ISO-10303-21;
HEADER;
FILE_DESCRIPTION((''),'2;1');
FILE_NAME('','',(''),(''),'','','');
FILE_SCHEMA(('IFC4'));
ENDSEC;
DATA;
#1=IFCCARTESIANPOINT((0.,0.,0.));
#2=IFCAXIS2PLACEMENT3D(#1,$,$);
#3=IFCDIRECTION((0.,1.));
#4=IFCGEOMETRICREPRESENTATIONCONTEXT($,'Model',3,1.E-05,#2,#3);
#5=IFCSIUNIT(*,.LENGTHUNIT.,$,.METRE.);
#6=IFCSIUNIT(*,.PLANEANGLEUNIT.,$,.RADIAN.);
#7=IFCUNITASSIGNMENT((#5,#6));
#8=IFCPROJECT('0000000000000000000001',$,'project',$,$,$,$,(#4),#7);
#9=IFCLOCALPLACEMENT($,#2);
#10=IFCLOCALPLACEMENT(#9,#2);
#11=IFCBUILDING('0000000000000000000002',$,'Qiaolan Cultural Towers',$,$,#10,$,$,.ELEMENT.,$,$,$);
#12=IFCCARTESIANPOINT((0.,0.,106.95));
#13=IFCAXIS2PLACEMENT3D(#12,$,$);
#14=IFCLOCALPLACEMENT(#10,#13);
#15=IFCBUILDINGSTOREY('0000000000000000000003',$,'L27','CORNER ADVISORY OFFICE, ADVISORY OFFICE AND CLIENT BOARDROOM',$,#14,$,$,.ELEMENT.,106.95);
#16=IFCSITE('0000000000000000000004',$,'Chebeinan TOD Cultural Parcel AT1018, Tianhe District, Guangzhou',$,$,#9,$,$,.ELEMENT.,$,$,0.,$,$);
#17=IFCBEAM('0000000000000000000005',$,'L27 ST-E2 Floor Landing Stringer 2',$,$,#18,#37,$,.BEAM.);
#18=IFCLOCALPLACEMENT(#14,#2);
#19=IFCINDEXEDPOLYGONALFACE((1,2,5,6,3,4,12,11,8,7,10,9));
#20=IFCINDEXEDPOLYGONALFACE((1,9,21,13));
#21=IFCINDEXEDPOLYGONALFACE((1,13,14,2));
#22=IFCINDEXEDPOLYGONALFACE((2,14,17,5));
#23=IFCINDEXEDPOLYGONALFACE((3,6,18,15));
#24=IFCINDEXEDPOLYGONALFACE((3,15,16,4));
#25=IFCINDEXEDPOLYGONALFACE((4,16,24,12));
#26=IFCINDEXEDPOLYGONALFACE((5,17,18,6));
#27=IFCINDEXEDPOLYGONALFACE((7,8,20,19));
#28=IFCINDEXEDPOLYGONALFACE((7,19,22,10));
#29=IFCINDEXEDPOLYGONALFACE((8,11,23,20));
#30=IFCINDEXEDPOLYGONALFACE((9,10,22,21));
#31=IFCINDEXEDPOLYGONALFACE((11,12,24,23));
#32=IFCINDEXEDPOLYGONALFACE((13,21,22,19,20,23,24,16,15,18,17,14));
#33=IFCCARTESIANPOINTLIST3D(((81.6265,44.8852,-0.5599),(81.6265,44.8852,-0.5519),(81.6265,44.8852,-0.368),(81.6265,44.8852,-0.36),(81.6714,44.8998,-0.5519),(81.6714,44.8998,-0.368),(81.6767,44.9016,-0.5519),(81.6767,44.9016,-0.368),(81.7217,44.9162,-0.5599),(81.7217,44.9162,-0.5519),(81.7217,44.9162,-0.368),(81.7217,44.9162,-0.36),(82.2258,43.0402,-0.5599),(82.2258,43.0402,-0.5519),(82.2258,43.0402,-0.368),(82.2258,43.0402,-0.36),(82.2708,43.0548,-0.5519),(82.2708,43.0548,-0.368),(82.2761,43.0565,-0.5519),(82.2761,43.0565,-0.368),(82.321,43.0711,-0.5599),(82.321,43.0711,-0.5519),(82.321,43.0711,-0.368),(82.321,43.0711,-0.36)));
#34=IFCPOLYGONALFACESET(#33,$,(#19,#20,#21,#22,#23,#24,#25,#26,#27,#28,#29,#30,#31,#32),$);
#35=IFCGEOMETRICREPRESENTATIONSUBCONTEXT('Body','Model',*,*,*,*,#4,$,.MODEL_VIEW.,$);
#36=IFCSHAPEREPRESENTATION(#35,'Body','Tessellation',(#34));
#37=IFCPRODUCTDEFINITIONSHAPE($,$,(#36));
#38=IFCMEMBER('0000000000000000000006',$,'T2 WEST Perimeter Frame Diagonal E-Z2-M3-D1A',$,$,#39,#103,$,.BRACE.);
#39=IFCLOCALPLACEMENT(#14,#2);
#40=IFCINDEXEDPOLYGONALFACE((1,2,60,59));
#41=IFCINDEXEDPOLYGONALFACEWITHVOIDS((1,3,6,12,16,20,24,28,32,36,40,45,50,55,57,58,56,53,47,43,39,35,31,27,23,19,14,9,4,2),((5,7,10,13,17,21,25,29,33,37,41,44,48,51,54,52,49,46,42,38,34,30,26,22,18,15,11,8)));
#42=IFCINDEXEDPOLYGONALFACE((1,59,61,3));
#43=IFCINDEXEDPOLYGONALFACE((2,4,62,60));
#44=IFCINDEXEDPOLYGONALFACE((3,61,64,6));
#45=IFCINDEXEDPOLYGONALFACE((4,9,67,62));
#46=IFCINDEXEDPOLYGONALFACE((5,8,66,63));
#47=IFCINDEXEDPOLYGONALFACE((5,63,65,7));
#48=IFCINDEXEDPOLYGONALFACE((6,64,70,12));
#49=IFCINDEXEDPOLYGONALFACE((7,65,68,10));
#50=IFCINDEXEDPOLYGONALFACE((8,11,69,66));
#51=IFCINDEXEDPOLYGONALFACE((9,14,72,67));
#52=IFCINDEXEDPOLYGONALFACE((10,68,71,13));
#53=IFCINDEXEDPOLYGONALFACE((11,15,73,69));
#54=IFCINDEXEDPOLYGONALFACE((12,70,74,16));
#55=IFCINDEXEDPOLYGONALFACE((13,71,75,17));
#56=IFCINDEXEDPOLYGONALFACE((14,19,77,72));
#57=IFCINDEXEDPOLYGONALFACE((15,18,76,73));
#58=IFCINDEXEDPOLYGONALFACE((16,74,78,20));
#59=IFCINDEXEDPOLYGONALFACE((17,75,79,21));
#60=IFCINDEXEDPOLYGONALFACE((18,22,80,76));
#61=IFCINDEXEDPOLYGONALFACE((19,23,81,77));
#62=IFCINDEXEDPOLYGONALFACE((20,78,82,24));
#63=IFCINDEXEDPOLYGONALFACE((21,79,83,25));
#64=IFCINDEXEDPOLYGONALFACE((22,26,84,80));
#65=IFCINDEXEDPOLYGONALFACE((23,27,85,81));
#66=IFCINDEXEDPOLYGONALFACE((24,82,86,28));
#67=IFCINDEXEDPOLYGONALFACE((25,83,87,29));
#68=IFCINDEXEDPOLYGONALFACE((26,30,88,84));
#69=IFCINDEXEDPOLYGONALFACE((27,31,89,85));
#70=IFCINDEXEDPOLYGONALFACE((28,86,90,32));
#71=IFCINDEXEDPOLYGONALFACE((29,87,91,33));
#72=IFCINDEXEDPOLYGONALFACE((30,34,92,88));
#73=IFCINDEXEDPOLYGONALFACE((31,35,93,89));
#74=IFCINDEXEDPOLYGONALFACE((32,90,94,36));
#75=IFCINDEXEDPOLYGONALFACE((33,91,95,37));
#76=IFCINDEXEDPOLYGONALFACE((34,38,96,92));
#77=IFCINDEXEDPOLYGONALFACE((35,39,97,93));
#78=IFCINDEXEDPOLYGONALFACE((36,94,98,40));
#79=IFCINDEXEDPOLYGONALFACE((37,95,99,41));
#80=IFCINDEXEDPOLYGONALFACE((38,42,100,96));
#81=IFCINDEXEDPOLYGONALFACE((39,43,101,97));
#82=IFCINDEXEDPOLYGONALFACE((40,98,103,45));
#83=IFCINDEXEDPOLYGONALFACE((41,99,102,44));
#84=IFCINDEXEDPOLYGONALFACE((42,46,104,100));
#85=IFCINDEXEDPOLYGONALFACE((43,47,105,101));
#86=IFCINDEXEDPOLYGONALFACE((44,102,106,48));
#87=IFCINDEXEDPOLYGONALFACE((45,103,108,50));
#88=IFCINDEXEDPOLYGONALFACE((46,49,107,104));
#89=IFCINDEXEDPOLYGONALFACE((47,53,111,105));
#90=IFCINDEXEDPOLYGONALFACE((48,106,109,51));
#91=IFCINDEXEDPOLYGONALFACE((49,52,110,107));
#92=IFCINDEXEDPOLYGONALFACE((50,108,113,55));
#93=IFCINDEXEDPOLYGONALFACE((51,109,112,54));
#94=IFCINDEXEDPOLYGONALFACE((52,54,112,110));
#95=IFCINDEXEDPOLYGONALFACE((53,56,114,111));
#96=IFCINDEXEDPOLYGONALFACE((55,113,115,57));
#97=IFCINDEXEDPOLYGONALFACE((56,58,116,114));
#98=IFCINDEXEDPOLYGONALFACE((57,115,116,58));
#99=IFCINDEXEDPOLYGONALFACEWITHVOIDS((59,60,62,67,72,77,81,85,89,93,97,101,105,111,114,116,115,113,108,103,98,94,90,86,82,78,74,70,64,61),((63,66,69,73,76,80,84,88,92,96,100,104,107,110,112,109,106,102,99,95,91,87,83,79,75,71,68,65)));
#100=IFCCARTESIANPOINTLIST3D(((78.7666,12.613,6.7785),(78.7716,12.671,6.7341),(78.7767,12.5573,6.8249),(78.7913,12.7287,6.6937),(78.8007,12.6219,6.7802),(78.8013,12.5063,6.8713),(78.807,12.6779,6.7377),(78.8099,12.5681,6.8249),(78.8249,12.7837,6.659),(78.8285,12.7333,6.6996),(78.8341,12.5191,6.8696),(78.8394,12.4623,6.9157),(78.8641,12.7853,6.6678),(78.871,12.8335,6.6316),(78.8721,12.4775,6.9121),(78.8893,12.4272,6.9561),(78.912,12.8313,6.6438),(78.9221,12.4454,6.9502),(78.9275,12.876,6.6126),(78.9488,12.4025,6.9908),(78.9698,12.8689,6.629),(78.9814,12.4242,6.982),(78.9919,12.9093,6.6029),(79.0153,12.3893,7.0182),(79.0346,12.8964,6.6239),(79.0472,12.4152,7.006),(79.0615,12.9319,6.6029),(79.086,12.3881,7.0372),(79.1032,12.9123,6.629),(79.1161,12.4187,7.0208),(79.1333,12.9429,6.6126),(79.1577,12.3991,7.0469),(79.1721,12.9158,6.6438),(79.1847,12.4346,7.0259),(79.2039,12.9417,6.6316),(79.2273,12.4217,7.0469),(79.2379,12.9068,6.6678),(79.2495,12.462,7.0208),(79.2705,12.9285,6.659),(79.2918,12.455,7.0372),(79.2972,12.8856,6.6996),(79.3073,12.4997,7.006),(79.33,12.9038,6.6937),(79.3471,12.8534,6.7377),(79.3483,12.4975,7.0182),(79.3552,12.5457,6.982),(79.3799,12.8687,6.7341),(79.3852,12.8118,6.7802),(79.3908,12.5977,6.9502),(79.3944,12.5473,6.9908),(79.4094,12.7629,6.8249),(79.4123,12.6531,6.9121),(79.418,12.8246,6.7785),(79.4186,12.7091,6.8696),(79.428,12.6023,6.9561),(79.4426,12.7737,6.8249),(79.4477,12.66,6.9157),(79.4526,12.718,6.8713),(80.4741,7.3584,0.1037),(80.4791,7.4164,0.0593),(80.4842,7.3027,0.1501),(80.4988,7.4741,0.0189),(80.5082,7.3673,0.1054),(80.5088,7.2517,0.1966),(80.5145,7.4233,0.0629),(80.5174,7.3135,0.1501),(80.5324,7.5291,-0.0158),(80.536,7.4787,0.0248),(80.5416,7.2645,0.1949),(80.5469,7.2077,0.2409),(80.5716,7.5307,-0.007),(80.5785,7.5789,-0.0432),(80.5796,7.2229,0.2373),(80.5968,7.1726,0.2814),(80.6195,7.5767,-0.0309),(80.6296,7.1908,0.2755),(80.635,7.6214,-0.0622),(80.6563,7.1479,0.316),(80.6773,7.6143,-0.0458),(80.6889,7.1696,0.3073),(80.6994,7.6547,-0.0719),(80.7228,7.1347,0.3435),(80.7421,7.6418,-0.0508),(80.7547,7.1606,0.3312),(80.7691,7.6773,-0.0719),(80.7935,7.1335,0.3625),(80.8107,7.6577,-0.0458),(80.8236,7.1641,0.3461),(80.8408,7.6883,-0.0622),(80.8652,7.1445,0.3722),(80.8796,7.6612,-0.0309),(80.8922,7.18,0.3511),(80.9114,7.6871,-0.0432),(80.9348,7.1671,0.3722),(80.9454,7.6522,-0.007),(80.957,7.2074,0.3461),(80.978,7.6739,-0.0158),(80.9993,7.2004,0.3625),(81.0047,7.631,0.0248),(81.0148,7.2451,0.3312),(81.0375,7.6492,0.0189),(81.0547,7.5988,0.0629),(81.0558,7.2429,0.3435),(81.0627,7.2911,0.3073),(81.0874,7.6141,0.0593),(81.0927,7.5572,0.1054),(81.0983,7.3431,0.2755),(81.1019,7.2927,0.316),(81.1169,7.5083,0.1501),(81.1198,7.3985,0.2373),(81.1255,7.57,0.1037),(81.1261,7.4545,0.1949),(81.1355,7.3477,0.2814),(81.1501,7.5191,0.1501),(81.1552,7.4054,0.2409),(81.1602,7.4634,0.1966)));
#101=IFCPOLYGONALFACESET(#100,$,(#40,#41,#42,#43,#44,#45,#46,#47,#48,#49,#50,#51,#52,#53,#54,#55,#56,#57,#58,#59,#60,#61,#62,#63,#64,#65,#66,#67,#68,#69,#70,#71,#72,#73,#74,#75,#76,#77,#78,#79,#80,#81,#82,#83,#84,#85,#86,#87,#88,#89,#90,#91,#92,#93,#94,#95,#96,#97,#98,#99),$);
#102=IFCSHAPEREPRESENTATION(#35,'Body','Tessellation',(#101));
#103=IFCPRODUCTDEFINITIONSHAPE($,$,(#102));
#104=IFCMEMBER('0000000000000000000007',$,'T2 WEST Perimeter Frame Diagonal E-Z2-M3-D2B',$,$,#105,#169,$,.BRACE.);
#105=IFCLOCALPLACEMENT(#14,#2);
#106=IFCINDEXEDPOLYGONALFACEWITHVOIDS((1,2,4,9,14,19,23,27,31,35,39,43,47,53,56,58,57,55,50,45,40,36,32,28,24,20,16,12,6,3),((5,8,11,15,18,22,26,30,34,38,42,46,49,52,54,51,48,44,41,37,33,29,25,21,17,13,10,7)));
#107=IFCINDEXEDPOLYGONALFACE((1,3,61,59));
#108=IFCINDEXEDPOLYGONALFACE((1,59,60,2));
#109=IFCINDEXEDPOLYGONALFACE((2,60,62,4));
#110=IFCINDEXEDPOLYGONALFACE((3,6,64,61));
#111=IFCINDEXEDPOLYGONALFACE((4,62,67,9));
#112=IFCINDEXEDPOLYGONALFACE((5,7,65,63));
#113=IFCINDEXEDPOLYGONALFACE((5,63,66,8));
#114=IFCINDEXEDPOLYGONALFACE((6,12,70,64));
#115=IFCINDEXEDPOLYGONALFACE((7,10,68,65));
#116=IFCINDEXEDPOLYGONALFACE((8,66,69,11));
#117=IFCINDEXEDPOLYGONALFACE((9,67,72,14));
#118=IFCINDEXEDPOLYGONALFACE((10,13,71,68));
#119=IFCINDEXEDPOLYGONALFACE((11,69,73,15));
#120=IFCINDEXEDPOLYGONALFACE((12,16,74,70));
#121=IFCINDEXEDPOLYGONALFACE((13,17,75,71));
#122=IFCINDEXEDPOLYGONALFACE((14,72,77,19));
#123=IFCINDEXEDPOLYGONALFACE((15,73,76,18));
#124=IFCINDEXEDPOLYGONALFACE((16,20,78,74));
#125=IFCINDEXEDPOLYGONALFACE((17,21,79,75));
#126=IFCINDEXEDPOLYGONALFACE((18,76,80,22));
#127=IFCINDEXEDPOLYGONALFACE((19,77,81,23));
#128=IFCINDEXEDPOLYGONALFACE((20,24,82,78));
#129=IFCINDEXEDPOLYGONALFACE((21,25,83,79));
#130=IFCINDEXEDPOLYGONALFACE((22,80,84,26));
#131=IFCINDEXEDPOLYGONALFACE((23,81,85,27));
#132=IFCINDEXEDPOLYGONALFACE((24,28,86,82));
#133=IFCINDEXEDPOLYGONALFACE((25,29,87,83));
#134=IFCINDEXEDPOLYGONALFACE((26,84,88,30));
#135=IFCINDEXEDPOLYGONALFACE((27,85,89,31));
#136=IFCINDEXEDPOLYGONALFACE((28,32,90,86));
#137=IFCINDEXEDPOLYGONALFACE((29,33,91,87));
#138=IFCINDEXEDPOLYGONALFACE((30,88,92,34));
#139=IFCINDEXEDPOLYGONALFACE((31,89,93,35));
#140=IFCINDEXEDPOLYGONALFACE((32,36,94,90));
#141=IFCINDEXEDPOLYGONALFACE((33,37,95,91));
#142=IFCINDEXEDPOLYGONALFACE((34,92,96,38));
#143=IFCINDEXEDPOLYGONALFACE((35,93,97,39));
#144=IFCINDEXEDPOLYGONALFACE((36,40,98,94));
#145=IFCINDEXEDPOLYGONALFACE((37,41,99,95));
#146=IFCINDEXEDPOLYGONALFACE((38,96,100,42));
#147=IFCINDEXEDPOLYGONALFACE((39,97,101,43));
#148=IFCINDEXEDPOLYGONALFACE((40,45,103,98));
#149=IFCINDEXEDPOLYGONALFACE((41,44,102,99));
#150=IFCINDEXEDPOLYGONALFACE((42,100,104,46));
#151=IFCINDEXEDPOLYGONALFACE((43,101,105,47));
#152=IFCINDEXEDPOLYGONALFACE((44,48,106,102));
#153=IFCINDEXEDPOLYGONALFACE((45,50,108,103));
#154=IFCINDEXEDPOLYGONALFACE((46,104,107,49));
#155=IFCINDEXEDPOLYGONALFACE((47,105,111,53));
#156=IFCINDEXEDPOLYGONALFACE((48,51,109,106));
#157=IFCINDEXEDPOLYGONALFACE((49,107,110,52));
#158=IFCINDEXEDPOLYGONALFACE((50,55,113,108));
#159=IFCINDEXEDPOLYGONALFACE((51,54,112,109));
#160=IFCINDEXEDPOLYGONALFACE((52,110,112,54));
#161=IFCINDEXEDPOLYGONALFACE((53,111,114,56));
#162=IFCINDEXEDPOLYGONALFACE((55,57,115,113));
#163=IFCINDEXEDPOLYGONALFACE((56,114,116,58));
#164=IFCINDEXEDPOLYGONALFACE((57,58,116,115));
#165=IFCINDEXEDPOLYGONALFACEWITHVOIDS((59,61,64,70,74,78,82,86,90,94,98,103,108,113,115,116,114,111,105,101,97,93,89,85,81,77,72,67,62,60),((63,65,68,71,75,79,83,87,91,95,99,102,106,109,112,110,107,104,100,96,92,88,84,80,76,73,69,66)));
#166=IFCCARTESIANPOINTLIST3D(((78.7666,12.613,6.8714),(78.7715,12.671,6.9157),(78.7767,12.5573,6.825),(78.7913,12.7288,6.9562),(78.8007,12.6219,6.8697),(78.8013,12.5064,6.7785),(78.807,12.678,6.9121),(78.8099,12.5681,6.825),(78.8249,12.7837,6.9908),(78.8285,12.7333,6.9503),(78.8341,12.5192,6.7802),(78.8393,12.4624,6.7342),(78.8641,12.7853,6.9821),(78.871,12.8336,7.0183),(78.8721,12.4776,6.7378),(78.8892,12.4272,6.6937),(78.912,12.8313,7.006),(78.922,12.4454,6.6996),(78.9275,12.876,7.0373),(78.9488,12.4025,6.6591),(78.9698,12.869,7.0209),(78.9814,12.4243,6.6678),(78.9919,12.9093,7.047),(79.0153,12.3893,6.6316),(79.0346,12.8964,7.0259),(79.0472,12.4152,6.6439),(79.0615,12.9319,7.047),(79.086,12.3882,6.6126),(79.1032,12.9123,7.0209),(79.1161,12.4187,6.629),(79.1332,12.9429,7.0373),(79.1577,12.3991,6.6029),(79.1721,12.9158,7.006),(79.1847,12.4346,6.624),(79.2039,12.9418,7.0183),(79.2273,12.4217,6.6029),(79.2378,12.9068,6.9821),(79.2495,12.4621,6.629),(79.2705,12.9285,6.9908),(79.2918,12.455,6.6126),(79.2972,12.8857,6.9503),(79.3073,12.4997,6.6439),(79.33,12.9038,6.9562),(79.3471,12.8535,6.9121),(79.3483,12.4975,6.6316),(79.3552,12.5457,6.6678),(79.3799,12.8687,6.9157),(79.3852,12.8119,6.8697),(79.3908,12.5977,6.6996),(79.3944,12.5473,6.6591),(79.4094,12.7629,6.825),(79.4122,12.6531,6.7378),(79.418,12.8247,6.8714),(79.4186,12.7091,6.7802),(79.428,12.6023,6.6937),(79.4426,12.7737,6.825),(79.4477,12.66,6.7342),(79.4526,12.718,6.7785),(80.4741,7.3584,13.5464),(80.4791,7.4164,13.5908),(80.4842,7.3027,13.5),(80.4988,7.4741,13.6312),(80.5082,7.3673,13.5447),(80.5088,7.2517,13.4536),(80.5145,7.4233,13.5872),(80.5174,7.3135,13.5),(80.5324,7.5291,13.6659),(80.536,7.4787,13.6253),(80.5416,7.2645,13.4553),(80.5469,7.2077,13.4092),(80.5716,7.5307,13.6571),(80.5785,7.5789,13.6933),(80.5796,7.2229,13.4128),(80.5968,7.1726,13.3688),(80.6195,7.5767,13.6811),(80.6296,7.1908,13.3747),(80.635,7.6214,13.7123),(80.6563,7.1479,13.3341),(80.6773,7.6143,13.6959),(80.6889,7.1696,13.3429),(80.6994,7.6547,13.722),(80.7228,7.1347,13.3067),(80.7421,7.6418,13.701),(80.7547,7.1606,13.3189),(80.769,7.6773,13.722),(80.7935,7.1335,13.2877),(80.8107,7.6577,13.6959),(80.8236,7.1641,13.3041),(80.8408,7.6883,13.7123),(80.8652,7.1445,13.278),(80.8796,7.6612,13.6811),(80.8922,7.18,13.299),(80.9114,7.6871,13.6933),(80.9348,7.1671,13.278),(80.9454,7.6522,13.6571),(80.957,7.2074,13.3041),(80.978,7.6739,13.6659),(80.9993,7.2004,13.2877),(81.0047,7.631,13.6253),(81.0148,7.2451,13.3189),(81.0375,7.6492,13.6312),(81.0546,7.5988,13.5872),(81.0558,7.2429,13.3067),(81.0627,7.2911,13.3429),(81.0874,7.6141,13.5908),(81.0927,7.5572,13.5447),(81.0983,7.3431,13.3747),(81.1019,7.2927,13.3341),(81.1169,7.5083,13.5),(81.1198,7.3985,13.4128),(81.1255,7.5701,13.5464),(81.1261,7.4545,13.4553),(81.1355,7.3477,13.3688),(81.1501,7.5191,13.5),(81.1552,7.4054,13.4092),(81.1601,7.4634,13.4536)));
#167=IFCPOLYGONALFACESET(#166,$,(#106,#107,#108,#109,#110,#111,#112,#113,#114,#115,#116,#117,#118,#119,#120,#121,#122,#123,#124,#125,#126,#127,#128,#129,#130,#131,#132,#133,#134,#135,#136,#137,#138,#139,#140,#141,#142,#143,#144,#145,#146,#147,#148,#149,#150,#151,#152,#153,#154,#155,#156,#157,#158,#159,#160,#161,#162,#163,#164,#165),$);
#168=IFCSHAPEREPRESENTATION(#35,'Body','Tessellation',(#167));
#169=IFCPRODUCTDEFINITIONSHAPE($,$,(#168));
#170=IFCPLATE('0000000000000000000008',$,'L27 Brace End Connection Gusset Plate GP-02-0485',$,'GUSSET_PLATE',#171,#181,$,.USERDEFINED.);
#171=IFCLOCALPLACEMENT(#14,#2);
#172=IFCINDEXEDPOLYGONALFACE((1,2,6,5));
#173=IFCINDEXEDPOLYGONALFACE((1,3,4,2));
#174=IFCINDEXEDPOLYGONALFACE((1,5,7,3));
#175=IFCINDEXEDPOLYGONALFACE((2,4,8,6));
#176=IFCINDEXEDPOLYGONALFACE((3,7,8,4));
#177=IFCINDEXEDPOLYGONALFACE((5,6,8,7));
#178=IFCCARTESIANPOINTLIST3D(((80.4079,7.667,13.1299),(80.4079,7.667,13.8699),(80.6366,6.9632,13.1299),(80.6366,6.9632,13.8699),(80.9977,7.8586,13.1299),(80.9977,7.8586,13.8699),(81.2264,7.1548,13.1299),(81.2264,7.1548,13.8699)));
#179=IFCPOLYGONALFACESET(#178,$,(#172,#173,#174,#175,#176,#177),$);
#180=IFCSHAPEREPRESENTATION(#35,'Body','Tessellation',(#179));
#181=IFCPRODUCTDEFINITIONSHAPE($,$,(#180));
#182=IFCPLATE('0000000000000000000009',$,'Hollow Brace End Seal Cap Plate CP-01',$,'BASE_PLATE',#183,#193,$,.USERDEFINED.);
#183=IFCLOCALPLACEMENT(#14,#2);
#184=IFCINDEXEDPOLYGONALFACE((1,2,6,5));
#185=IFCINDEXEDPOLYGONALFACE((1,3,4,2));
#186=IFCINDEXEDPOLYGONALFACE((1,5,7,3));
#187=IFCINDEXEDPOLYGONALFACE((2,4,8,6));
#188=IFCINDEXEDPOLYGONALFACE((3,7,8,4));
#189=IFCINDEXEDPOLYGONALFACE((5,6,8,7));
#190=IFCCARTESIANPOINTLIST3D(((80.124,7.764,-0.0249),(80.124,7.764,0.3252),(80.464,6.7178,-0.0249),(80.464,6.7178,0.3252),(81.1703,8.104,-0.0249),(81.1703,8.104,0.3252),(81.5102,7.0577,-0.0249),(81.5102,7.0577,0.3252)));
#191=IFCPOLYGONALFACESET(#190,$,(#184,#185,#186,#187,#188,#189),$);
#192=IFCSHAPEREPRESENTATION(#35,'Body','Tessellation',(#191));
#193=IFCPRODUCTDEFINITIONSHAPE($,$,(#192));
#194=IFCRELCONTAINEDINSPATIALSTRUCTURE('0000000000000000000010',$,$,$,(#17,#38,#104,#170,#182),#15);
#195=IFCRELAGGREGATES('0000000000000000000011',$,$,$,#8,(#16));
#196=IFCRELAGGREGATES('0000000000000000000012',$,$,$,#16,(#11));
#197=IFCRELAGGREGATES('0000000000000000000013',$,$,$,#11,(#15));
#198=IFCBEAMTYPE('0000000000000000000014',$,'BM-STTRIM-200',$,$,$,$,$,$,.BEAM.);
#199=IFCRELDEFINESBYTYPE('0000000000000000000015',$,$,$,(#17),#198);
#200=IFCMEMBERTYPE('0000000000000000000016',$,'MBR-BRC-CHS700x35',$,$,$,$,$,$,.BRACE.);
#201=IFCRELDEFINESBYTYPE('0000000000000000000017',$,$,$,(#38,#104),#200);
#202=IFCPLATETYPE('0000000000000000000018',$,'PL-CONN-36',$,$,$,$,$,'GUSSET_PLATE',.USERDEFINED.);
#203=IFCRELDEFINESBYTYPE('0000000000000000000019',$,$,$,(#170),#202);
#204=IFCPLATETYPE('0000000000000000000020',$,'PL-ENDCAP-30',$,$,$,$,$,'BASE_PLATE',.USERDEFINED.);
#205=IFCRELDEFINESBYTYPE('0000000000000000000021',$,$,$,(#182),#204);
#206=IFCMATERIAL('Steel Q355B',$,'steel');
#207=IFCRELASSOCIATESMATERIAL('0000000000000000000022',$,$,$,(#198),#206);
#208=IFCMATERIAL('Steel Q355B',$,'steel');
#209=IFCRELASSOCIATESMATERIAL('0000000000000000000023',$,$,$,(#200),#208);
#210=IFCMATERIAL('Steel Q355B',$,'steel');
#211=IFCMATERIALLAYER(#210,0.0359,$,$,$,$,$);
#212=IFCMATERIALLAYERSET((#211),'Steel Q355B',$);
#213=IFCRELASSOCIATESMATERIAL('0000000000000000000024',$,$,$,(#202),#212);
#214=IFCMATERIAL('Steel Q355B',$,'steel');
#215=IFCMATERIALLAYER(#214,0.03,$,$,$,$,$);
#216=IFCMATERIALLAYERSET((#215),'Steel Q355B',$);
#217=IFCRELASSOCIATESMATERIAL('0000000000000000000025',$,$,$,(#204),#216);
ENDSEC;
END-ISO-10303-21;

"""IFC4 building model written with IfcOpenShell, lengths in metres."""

from ifc_helpers import new_model, si_unit, direction, frame, origin, origin_2d, place, context, subcontext, project, spatial, rectangle, hollow_circle, i_section, extrude, material, layer, layer_set, material_profile, profile_set, type_object, element, save


model = new_model("IFC4")

# Units and contexts
model_context = context("Model", 3, precision=1e-05, world=origin(), true_north=direction((0.0, 1.0)))
body_context = subcontext(model_context, "Body", "Model", "MODEL_VIEW")
ifc_project = project(units=[si_unit("LENGTHUNIT", "METRE"), si_unit("PLANEANGLEUNIT", "RADIAN")], contexts=[model_context])

# Site, building, storey
site_placement = place(None, origin())
site = spatial("IfcSite", under=ifc_project, at=site_placement, Name="Chebeinan TOD Cultural Parcel AT1018, Tianhe District, Guangzhou", CompositionType="ELEMENT", RefElevation=0.0)
building_placement = place(site_placement, origin())
building = spatial("IfcBuilding", under=site, at=building_placement, Name="Qiaolan Cultural Towers", CompositionType="ELEMENT")
storey_placement = place(building_placement, frame((0.0, 0.0, 106.95)))
storey = spatial("IfcBuildingStorey", under=building, at=storey_placement, Name="L27", Description="CORNER ADVISORY OFFICE, ADVISORY OFFICE AND CLIENT BOARDROOM", CompositionType="ELEMENT", Elevation=106.95)

# Beam
ifc_material_1 = material(Name="Steel Q355B", Category="steel")
ifc_material_profile_1 = material_profile(ifc_material_1, i_section(OverallWidth=0.1001, OverallDepth=0.2, WebThickness=0.0056, FlangeThickness=0.0081, at=origin_2d()), Name="HN200x100x5.5x8")
ifc_profile_set_1 = profile_set([ifc_material_profile_1], Name="Steel Q355B")
beam_type_1 = type_object("IfcBeamType", Name="BM-STTRIM-200", PredefinedType="BEAM", material=ifc_profile_set_1)
for number, where, z_axis, x_axis, name in (
    (1, (82.2734, 43.0557, -0.46), (-0.308969, 0.951072, 0.0), (-0.951072, -0.308969, 0.0), "L27 ST-E2 Floor Landing Stringer 2"),
):
    element("IfcBeam", number, at=place(storey_placement, frame(where, z_axis=z_axis, x_axis=x_axis)), inside=storey, type_object=beam_type_1, Name=name, PredefinedType="BEAM", context=body_context, shape_type="SweptSolid", body=[
        extrude(i_section(OverallWidth=0.1001, OverallDepth=0.2, WebThickness=0.0056, FlangeThickness=0.0081, at=origin_2d()), origin(), (0.0, 0.0, 1.0), 1.9399),
    ])

# Members
ifc_material_2 = material(Name="Steel Q355B", Category="steel")
ifc_material_profile_2 = material_profile(ifc_material_2, hollow_circle(Radius=0.3501, WallThickness=0.0349, at=origin_2d()), Name="CHS700x35")
ifc_profile_set_2 = profile_set([ifc_material_profile_2], Name="Steel Q355B")
member_type = type_object("IfcMemberType", Name="MBR-BRC-CHS700x35", PredefinedType="BRACE", material=ifc_profile_set_2)
member_1_placement = place(storey_placement, frame((80.8171, 7.4109, 0.1501), z_axis=(-0.197062, 0.606431, 0.77033), x_axis=(-0.951047, -0.309047, 0.0)))
element("IfcMember", 2, at=member_1_placement, inside=storey, type_object=member_type, Name="T2 WEST Perimeter Frame Diagonal E-Z2-M3-D1A", PredefinedType="BRACE", context=body_context, shape_type="SweptSolid", body=[
    extrude(hollow_circle(Radius=0.3501, WallThickness=0.0349, at=origin_2d()), origin(), (0.0, 0.0, 1.0), 8.6648),
])
member_2_placement = place(storey_placement, frame((79.1096, 12.6655, 6.825), z_axis=(0.197058, -0.606417, 0.770341), x_axis=(0.951047, 0.309047, 0.0)))
element("IfcMember", 3, at=member_2_placement, inside=storey, type_object=member_type, Name="T2 WEST Perimeter Frame Diagonal E-Z2-M3-D2B", PredefinedType="BRACE", context=body_context, shape_type="SweptSolid", body=[
    extrude(hollow_circle(Radius=0.3501, WallThickness=0.0349, at=origin_2d()), origin(), (0.0, 0.0, 1.0), 8.665),
])

# Plates
ifc_material_3 = material(Name="Steel Q355B", Category="steel")
ifc_layer_1 = layer(ifc_material_3, 0.0359)
ifc_layer_set_1 = layer_set([ifc_layer_1], Name="Steel Q355B")
plate_type_1 = type_object("IfcPlateType", Name="PL-CONN-36", ElementType="GUSSET_PLATE", PredefinedType="USERDEFINED", material=ifc_layer_set_1)
plate_1_placement = place(storey_placement, frame((80.8171, 7.4109, 13.1299), z_axis=(0.0, 0.0, 1.0), x_axis=(-0.309017, 0.951057, 0.0)))
element("IfcPlate", 4, at=plate_1_placement, inside=storey, type_object=plate_type_1, Name="L27 Brace End Connection Gusset Plate GP-02-0485", ObjectType="GUSSET_PLATE", PredefinedType="USERDEFINED", context=body_context, shape_type="SweptSolid", body=[
    extrude(rectangle(XDim=0.74, YDim=0.6201, at=origin_2d()), origin(), (0.0, 0.0, 1.0), 0.74),
])
ifc_material_4 = material(Name="Steel Q355B", Category="steel")
ifc_layer_2 = layer(ifc_material_4, 0.03)
ifc_layer_set_2 = layer_set([ifc_layer_2], Name="Steel Q355B")
plate_type_2 = type_object("IfcPlateType", Name="PL-ENDCAP-30", ElementType="BASE_PLATE", PredefinedType="USERDEFINED", material=ifc_layer_set_2)
for number, where, z_axis, x_axis, name in (
    (5, (80.8171, 7.4109, -0.0249), (0.0, 0.0, 1.0), (-0.309017, 0.951057, 0.0), "Hollow Brace End Seal Cap Plate CP-01"),
):
    element("IfcPlate", number, at=place(storey_placement, frame(where, z_axis=z_axis, x_axis=x_axis)), inside=storey, type_object=plate_type_2, Name=name, ObjectType="BASE_PLATE", PredefinedType="USERDEFINED", context=body_context, shape_type="SweptSolid", body=[
        extrude(rectangle(XDim=1.1001, YDim=1.1001, at=origin_2d()), origin(), (0.0, 0.0, 1.0), 0.3501),
    ])

save(model, "model.ifc")
